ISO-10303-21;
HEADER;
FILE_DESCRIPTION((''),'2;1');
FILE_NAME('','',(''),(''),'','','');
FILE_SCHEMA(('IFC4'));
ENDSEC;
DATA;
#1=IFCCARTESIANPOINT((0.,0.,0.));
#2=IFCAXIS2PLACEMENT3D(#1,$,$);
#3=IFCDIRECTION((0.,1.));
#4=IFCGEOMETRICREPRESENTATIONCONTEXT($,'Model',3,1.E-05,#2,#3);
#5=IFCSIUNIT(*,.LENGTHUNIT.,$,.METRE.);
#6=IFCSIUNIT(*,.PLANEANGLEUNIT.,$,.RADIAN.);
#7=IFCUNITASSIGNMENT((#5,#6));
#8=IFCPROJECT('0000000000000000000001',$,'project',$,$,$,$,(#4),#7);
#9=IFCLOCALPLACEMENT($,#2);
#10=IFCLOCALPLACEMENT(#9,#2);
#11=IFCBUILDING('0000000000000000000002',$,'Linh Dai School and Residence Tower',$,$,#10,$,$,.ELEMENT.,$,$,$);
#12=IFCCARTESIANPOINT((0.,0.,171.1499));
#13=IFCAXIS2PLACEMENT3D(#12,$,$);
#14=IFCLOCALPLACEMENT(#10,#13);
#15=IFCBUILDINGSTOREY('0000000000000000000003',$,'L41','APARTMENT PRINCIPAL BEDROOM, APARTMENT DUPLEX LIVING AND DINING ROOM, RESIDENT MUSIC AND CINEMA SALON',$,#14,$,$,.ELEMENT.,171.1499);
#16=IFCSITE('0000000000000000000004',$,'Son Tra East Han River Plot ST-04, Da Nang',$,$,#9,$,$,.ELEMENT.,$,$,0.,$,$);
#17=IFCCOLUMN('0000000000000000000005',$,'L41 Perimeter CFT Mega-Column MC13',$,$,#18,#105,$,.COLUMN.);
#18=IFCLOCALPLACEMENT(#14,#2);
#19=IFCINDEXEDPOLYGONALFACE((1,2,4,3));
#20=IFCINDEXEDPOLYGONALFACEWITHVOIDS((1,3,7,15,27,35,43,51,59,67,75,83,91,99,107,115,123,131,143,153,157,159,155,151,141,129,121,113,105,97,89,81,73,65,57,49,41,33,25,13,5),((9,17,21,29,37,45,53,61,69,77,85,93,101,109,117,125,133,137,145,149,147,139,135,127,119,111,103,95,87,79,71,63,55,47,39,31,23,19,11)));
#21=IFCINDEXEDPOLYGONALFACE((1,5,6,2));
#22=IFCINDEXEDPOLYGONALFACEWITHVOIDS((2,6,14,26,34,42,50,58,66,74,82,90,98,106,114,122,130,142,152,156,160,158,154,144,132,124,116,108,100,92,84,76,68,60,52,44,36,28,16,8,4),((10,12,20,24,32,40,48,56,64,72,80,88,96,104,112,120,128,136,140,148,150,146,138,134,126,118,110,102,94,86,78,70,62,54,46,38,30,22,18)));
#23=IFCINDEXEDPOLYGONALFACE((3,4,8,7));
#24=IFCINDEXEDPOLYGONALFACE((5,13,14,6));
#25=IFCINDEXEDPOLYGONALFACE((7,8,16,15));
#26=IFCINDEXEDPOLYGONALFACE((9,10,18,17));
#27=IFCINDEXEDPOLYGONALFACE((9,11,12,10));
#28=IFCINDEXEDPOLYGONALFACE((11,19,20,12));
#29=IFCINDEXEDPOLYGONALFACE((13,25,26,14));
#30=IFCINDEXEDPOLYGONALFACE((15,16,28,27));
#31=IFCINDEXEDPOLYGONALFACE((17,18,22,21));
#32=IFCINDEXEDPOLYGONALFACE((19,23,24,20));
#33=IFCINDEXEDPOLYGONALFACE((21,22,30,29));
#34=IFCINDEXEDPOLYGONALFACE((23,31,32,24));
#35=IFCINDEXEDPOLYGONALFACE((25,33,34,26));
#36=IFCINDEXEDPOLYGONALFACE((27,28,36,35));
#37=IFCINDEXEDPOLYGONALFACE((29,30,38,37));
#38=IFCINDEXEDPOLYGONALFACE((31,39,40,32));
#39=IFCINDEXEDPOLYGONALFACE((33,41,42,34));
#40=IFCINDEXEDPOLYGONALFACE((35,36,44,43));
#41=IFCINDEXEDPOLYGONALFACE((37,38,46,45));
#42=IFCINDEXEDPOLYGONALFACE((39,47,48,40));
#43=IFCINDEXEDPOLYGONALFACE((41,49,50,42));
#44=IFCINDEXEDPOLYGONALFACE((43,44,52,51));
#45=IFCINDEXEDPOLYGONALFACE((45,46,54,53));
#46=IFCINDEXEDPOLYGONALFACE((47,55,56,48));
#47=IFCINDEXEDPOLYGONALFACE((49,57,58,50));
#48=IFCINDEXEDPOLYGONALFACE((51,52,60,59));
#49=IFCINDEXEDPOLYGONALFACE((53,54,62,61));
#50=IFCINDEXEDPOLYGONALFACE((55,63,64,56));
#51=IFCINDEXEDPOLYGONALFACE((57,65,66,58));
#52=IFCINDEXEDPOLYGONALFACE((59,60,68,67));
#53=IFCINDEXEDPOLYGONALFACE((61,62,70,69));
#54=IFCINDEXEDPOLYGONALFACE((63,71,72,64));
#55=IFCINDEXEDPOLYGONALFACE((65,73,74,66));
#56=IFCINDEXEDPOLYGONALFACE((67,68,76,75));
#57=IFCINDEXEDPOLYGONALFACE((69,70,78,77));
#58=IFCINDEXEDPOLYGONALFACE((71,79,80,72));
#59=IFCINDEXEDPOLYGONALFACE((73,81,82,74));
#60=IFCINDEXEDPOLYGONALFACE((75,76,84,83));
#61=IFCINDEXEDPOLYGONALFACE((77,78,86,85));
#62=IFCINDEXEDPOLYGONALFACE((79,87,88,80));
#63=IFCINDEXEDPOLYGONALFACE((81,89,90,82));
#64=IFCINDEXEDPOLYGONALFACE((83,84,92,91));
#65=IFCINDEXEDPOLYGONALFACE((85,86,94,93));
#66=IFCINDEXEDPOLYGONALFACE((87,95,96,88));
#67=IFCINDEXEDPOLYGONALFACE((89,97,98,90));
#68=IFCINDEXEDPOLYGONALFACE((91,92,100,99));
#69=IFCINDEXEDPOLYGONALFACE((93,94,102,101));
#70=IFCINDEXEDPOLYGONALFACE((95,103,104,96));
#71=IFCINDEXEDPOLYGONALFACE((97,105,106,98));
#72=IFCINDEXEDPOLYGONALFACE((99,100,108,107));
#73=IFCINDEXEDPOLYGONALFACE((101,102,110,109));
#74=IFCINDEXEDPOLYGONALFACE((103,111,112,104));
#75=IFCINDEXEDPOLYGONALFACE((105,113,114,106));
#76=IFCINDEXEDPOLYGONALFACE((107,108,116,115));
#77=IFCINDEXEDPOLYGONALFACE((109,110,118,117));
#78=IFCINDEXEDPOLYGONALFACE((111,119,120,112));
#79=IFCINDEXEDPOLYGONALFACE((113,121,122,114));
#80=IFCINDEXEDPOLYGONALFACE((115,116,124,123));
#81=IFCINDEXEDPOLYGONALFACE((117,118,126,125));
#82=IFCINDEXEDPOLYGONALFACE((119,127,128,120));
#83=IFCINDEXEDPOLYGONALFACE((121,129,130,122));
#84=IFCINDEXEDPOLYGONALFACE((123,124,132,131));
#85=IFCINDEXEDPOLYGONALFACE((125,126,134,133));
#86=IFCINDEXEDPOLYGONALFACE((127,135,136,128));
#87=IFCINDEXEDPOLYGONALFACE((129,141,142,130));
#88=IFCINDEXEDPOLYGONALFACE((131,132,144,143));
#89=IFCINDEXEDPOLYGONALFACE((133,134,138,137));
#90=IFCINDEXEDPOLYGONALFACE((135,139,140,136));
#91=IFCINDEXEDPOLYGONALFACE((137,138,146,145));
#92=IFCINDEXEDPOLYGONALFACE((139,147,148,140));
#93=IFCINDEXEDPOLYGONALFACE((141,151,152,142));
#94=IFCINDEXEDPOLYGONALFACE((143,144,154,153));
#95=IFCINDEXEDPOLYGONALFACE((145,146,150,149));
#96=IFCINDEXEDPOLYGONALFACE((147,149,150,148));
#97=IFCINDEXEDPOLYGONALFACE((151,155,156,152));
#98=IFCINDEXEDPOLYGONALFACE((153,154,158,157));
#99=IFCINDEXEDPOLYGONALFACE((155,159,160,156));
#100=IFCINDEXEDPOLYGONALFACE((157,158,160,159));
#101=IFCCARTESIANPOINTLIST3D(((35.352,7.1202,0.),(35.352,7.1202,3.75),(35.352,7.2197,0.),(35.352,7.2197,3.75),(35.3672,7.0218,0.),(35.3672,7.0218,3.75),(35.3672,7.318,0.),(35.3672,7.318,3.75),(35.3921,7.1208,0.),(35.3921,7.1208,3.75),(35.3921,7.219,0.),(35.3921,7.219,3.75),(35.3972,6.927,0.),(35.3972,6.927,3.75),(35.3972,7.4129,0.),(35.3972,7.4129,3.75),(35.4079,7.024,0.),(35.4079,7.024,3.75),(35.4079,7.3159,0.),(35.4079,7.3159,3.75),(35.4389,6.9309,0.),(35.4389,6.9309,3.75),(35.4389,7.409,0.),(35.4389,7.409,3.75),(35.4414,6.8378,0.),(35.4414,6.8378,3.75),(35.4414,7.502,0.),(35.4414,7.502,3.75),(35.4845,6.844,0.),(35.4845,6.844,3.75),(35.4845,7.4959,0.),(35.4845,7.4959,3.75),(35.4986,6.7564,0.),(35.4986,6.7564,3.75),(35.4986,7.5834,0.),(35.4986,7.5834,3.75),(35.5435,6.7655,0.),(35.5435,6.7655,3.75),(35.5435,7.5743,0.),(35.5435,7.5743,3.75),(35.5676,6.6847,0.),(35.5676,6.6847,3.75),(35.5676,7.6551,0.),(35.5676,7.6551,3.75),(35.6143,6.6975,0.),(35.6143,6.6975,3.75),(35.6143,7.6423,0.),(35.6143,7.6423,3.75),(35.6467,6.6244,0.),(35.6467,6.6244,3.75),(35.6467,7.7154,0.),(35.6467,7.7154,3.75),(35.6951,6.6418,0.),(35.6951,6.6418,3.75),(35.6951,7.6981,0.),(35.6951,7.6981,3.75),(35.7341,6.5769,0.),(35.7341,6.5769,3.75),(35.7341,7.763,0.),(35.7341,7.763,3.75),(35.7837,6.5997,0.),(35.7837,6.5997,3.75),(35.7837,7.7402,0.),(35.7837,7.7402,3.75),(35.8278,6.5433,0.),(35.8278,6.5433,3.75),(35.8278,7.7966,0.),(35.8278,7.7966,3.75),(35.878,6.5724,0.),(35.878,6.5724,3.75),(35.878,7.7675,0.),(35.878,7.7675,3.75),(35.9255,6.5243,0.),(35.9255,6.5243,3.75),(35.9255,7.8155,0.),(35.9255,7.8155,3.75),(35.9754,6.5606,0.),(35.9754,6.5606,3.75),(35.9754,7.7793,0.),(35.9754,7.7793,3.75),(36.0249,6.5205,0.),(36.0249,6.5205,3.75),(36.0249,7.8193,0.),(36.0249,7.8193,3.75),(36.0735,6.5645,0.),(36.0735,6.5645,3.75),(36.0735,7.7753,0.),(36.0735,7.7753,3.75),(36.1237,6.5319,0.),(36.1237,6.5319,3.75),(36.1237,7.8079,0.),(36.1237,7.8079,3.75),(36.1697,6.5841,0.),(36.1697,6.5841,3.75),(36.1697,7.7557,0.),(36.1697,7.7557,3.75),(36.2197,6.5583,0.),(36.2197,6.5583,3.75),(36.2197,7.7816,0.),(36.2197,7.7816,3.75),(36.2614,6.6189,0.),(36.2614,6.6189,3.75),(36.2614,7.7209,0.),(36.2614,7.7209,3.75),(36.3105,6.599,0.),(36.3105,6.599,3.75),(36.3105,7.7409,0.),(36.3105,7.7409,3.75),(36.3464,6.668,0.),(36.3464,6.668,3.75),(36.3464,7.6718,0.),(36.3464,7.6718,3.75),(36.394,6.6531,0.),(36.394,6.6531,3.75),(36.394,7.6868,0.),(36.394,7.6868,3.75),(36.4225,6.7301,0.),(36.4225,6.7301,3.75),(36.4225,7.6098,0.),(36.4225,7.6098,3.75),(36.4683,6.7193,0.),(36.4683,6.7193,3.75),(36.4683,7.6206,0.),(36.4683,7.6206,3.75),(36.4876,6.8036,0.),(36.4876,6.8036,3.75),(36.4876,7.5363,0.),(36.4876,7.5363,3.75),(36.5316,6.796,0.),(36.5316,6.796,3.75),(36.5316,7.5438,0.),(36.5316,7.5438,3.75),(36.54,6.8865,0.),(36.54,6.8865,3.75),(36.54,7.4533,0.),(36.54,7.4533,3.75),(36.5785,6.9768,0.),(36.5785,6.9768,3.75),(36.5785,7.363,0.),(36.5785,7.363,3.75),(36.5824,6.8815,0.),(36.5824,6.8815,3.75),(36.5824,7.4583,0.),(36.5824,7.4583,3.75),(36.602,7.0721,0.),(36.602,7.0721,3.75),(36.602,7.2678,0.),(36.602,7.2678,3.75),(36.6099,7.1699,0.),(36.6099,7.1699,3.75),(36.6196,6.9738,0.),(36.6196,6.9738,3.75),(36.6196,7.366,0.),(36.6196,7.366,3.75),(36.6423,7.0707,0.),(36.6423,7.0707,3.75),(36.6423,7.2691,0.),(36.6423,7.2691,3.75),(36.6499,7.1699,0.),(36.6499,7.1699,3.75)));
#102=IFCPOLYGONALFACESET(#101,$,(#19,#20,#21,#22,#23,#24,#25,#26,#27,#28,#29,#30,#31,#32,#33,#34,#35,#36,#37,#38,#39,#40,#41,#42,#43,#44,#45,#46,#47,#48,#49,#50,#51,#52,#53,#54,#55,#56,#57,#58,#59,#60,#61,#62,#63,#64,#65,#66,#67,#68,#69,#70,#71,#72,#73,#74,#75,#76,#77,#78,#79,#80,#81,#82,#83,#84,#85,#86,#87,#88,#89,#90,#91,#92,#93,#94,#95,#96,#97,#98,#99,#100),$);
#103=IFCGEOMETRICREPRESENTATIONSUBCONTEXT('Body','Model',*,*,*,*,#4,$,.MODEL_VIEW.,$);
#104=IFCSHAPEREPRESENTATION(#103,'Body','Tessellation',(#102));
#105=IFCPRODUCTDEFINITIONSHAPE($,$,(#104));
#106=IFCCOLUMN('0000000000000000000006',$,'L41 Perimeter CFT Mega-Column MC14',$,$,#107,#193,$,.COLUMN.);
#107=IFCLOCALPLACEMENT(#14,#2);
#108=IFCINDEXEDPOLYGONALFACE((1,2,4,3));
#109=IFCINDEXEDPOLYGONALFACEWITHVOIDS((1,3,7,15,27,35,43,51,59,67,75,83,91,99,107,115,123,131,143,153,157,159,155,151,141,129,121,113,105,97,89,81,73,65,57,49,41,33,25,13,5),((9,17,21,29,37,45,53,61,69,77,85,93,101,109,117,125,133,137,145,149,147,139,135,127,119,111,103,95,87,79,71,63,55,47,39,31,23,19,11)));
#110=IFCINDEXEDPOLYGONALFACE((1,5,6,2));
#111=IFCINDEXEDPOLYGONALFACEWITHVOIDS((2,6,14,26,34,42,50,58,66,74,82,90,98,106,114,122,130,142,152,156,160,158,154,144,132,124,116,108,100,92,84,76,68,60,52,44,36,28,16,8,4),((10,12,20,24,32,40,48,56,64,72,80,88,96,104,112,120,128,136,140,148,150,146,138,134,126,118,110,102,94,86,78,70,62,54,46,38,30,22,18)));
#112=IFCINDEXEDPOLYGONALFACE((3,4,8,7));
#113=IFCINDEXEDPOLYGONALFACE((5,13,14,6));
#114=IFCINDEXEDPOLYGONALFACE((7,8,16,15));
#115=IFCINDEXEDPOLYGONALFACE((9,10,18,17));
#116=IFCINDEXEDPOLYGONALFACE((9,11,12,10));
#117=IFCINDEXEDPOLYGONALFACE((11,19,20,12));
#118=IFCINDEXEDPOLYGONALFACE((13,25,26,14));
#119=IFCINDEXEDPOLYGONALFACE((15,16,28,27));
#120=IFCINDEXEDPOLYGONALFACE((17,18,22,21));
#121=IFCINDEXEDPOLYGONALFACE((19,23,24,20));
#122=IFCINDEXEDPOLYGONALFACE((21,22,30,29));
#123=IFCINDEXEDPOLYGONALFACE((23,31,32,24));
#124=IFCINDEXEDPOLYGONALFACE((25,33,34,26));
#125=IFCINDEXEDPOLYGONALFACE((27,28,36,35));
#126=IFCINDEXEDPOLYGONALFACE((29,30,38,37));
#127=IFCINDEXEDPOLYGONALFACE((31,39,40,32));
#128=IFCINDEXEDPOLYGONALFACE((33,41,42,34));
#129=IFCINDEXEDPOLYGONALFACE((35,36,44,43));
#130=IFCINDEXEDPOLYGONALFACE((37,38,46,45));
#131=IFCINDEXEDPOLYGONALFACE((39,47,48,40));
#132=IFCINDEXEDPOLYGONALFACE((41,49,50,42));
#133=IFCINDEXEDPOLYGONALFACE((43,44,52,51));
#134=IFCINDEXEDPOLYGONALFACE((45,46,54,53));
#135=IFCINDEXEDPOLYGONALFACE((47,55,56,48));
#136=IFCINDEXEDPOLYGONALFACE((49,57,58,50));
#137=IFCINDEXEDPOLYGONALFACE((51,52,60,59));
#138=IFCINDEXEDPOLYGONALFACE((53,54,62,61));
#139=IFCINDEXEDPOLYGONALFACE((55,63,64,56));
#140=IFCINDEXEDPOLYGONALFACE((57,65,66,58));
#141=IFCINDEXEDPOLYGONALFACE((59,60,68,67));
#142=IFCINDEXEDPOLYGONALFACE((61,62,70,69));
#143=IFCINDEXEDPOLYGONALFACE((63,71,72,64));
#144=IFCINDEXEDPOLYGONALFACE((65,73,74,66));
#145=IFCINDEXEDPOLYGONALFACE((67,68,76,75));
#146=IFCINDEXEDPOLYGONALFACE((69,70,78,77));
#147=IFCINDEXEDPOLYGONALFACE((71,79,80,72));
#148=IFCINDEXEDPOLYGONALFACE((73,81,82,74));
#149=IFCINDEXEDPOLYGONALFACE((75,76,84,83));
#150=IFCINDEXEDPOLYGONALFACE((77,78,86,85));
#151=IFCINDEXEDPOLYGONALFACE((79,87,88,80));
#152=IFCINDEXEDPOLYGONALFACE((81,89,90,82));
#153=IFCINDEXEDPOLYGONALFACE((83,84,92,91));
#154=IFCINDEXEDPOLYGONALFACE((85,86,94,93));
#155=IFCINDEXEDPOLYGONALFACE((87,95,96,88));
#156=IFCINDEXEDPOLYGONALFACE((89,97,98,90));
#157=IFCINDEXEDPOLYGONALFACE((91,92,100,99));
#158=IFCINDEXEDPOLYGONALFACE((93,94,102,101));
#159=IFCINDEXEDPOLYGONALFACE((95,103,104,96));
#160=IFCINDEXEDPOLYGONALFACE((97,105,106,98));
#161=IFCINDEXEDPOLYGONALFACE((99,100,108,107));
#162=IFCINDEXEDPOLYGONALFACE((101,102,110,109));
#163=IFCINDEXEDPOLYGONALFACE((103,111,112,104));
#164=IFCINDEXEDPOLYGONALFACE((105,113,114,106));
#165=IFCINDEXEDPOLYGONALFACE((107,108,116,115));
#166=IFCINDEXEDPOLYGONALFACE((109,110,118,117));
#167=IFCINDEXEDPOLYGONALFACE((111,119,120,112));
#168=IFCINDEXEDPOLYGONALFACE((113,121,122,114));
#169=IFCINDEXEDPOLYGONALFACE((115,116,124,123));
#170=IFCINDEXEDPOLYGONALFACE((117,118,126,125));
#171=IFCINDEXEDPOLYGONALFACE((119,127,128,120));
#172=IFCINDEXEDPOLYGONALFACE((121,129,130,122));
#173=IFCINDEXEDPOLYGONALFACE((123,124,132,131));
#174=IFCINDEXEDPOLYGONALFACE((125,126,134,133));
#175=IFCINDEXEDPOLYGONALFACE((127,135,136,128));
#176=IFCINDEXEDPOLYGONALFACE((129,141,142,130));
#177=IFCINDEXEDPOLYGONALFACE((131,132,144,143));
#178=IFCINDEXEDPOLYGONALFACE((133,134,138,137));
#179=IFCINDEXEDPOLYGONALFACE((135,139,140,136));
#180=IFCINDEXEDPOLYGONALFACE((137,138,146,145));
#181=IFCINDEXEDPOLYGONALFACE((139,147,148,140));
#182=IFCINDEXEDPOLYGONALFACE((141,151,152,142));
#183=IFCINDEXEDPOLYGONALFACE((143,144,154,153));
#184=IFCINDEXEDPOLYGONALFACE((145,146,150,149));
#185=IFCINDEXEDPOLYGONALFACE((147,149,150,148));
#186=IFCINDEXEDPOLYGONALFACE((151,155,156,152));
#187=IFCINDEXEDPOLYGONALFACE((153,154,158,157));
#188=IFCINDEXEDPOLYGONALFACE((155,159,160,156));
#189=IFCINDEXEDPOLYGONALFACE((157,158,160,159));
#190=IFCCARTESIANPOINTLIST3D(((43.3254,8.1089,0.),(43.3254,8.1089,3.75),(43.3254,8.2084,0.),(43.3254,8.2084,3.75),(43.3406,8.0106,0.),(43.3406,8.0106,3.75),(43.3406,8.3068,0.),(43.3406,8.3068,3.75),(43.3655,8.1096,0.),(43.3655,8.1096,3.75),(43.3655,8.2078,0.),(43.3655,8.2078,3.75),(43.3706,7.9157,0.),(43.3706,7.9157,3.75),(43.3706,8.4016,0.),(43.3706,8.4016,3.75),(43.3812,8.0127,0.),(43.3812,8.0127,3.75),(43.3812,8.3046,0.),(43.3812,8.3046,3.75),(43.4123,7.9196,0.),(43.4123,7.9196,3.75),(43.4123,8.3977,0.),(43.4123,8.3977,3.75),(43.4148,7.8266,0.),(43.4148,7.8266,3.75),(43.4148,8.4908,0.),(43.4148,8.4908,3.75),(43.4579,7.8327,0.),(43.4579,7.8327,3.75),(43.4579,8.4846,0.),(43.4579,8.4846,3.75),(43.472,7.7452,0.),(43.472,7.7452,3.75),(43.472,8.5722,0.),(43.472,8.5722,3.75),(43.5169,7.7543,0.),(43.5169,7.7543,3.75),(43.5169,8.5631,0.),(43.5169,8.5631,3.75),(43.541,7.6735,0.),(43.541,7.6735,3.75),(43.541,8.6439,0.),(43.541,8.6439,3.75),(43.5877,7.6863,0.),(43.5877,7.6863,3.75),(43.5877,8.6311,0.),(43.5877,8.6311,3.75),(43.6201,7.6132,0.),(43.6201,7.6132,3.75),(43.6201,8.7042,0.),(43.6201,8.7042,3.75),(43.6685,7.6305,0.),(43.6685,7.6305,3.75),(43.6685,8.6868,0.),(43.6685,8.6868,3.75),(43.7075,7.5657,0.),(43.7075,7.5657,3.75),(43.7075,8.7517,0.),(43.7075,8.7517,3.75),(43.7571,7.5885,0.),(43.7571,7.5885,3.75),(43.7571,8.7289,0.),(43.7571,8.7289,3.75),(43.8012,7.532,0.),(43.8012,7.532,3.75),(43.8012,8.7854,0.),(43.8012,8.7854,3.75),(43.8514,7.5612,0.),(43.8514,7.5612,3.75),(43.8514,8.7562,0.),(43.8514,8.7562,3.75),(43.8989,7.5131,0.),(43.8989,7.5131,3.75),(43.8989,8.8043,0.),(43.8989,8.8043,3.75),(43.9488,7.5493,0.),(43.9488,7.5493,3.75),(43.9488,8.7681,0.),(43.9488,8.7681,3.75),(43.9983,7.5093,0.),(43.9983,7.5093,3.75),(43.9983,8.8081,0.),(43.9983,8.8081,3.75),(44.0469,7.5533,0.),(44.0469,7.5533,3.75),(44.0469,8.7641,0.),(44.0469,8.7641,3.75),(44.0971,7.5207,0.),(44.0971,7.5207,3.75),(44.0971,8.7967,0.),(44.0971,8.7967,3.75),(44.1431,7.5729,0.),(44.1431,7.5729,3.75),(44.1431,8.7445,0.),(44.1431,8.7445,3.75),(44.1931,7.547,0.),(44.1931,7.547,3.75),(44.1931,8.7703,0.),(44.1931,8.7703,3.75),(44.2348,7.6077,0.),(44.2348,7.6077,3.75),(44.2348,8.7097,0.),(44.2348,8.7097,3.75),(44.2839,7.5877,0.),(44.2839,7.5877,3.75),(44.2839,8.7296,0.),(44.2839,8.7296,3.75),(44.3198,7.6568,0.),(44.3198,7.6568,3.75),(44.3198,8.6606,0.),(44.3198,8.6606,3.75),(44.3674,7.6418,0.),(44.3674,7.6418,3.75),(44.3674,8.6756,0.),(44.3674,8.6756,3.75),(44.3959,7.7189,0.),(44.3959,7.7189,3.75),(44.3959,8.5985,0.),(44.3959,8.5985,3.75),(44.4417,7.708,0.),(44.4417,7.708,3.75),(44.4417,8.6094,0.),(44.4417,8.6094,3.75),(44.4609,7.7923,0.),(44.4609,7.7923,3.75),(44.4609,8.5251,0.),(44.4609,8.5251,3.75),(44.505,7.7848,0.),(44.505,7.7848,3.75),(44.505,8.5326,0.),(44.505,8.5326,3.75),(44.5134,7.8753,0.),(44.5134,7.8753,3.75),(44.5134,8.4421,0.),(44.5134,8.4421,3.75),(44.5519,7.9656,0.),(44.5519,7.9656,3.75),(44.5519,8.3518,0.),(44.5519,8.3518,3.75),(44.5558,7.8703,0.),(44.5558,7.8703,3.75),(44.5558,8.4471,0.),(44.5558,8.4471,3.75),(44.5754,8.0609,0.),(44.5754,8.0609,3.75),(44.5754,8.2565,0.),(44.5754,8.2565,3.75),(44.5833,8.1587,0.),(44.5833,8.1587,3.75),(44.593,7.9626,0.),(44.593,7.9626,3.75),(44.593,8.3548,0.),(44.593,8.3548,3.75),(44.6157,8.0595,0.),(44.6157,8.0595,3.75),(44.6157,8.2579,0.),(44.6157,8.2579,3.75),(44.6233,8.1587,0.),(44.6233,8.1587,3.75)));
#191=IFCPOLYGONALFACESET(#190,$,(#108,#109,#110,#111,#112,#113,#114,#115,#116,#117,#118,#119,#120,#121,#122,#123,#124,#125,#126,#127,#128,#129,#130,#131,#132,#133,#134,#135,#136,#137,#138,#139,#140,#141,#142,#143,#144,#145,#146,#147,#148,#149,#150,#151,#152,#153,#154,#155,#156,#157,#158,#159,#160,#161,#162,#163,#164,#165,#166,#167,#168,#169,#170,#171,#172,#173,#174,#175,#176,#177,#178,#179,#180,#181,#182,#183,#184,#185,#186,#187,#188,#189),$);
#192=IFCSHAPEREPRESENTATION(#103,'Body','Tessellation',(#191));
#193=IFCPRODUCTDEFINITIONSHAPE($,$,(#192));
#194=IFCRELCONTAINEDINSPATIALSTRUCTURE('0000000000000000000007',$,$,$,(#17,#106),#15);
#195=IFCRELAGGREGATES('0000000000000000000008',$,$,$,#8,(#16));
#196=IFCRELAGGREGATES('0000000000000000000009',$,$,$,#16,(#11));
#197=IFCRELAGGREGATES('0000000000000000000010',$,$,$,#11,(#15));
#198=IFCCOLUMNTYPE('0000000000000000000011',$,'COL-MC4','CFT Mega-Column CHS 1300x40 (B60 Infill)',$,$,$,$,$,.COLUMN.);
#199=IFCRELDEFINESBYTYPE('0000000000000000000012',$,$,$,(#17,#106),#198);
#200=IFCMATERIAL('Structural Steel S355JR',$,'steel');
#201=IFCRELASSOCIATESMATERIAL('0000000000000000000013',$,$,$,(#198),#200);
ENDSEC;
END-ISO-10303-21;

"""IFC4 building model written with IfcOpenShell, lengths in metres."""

from ifc_helpers import new_model, si_unit, direction, frame, origin, origin_2d, place, context, subcontext, project, spatial, hollow_circle, extrude, material, material_profile, profile_set, type_object, element, save


model = new_model("IFC4")

# Units and contexts
model_context = context("Model", 3, precision=1e-05, world=origin(), true_north=direction((0.0, 1.0)))
body_context = subcontext(model_context, "Body", "Model", "MODEL_VIEW")
ifc_project = project(units=[si_unit("LENGTHUNIT", "METRE"), si_unit("PLANEANGLEUNIT", "RADIAN")], contexts=[model_context])

# Site, building, storey
site_placement = place(None, origin())
site = spatial("IfcSite", under=ifc_project, at=site_placement, Name="Son Tra East Han River Plot ST-04, Da Nang", CompositionType="ELEMENT", RefElevation=0.0)
building_placement = place(site_placement, origin())
building = spatial("IfcBuilding", under=site, at=building_placement, Name="Linh Dai School and Residence Tower", CompositionType="ELEMENT")
storey_placement = place(building_placement, frame((0.0, 0.0, 171.1499)))
storey = spatial("IfcBuildingStorey", under=building, at=storey_placement, Name="L41", Description="APARTMENT PRINCIPAL BEDROOM, APARTMENT DUPLEX LIVING AND DINING ROOM, RESIDENT MUSIC AND CINEMA SALON", CompositionType="ELEMENT", Elevation=171.1499)

# Columns
ifc_material_1 = material(Name="Structural Steel S355JR", Category="steel")
ifc_material_profile_1 = material_profile(ifc_material_1, hollow_circle(Radius=0.6499, WallThickness=0.04, at=origin_2d()), Name="CHS 1300x40")
ifc_profile_set_1 = profile_set([ifc_material_profile_1], Name="Structural Steel S355JR")
column_type = type_object("IfcColumnType", Name="COL-MC4", Description="CFT Mega-Column CHS 1300x40 (B60 Infill)", PredefinedType="COLUMN", material=ifc_profile_set_1)
for number, where, z_axis, x_axis, name in (
    (1, (36.0, 7.1699, 0.0), (0.0, 0.0, 1.0), (1.0, 0.0, 0.0), "L41 Perimeter CFT Mega-Column MC13"),
    (2, (43.9734, 8.1587, 0.0), (0.0, 0.0, 1.0), (1.0, 0.0, 0.0), "L41 Perimeter CFT Mega-Column MC14"),
):
    element("IfcColumn", number, at=place(storey_placement, frame(where, z_axis=z_axis, x_axis=x_axis)), inside=storey, type_object=column_type, Name=name, PredefinedType="COLUMN", context=body_context, shape_type="SweptSolid", body=[
        extrude(hollow_circle(Radius=0.6499, WallThickness=0.04, at=origin_2d()), origin(), (0.0, 0.0, 1.0), 3.75),
    ])

save(model, "model.ifc")
